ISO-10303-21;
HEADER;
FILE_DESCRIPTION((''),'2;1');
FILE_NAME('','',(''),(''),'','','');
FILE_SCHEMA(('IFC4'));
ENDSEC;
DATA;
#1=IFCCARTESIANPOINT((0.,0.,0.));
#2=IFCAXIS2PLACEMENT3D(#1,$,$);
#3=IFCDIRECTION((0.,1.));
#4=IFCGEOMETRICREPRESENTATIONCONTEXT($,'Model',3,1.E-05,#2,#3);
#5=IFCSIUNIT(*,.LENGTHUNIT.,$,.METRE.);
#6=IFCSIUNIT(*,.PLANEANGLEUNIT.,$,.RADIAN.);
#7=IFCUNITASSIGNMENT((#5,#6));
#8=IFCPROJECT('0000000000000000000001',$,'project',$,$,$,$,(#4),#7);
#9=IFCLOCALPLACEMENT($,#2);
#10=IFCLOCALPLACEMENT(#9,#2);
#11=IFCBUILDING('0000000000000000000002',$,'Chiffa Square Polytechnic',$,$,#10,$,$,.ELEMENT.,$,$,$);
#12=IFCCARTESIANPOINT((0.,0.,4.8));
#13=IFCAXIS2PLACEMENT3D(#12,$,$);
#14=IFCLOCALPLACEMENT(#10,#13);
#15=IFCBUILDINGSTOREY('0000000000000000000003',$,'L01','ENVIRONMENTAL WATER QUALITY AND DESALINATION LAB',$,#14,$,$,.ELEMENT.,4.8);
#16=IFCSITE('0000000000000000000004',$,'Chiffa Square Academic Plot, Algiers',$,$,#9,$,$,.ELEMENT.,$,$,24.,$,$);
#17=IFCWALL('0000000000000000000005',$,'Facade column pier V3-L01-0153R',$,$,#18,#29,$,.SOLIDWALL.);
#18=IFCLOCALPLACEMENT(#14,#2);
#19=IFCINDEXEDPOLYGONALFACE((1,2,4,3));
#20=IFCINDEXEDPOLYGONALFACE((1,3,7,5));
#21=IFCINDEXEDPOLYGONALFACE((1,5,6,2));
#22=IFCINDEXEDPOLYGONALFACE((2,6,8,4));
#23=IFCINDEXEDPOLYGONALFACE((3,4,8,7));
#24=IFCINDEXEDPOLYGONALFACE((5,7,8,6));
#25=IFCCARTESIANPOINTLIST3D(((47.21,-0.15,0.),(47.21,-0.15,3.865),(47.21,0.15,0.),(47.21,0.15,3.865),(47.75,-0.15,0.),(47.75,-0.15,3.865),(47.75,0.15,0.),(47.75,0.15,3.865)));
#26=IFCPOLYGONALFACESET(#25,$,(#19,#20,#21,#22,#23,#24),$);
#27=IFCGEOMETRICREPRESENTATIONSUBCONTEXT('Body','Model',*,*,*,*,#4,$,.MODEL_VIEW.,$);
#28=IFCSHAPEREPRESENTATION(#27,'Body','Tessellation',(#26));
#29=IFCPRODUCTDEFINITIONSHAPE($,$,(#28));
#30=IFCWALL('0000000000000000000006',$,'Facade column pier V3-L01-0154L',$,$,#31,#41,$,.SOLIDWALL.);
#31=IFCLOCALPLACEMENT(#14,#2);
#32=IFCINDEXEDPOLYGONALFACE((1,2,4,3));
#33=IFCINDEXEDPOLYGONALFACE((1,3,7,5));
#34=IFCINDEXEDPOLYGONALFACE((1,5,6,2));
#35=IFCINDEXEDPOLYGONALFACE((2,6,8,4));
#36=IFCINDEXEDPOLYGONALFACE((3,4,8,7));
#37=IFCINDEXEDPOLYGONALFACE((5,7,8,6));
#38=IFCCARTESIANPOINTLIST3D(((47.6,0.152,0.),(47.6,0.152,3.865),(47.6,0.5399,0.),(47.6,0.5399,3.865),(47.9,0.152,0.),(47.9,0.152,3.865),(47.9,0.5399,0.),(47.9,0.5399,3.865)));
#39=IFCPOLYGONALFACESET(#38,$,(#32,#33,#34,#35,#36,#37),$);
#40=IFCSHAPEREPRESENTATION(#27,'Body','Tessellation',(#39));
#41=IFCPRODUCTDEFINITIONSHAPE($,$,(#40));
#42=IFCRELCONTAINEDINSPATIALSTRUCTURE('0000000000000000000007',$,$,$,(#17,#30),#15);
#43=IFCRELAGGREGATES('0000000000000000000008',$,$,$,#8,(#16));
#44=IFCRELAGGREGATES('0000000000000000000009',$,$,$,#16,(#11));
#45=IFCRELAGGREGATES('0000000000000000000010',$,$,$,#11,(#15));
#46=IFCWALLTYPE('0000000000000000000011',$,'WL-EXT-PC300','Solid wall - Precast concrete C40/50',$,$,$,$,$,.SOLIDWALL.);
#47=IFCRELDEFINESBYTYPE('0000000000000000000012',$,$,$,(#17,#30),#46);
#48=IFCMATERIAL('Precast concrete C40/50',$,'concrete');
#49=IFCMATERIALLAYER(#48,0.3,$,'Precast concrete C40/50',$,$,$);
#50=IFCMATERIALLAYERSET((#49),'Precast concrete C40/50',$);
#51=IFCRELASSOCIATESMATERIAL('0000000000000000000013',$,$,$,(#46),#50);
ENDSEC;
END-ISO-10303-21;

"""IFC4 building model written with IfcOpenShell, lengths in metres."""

from ifc_helpers import new_model, si_unit, direction, frame, frame_2d, origin, place, context, subcontext, project, spatial, rectangle, extrude, material, layer, layer_set, type_object, element, save


model = new_model("IFC4")

# Units and contexts
model_context = context("Model", 3, precision=1e-05, world=origin(), true_north=direction((0.0, 1.0)))
body_context = subcontext(model_context, "Body", "Model", "MODEL_VIEW")
ifc_project = project(units=[si_unit("LENGTHUNIT", "METRE"), si_unit("PLANEANGLEUNIT", "RADIAN")], contexts=[model_context])

# Site, building, storey
site_placement = place(None, origin())
site = spatial("IfcSite", under=ifc_project, at=site_placement, Name="Chiffa Square Academic Plot, Algiers", CompositionType="ELEMENT", RefElevation=24.0)
building_placement = place(site_placement, origin())
building = spatial("IfcBuilding", under=site, at=building_placement, Name="Chiffa Square Polytechnic", CompositionType="ELEMENT")
storey_placement = place(building_placement, frame((0.0, 0.0, 4.8)))
storey = spatial("IfcBuildingStorey", under=building, at=storey_placement, Name="L01", Description="ENVIRONMENTAL WATER QUALITY AND DESALINATION LAB", CompositionType="ELEMENT", Elevation=4.8)

# Walls
ifc_material_1 = material(Name="Precast concrete C40/50", Category="concrete")
ifc_layer_1 = layer(ifc_material_1, 0.3, Name="Precast concrete C40/50")
ifc_layer_set_1 = layer_set([ifc_layer_1], Name="Precast concrete C40/50")
wall_type = type_object("IfcWallType", Name="WL-EXT-PC300", Description="Solid wall - Precast concrete C40/50", PredefinedType="SOLIDWALL", material=ifc_layer_set_1)
wall_1_placement = place(storey_placement, frame((47.21, 0.0, 0.0), z_axis=(0.0, 0.0, 1.0), x_axis=(1.0, 0.0, 0.0)))
element("IfcWall", 1, at=wall_1_placement, inside=storey, type_object=wall_type, Name="Facade column pier V3-L01-0153R", PredefinedType="SOLIDWALL", context=body_context, shape_type="SweptSolid", body=[
    extrude(rectangle(XDim=0.54, YDim=0.3, at=frame_2d((0.27, 0.0))), origin(), (0.0, 0.0, 1.0), 3.865),
])
wall_2_placement = place(storey_placement, frame((47.75, 0.1521, 0.0), z_axis=(0.0, 0.0, 1.0), x_axis=(0.0, 1.0, 0.0)))
element("IfcWall", 2, at=wall_2_placement, inside=storey, type_object=wall_type, Name="Facade column pier V3-L01-0154L", PredefinedType="SOLIDWALL", context=body_context, shape_type="SweptSolid", body=[
    extrude(rectangle(XDim=0.3879, YDim=0.3, at=frame_2d((0.1938, 0.0))), origin(), (0.0, 0.0, 1.0), 3.865),
])

save(model, "model.ifc")
